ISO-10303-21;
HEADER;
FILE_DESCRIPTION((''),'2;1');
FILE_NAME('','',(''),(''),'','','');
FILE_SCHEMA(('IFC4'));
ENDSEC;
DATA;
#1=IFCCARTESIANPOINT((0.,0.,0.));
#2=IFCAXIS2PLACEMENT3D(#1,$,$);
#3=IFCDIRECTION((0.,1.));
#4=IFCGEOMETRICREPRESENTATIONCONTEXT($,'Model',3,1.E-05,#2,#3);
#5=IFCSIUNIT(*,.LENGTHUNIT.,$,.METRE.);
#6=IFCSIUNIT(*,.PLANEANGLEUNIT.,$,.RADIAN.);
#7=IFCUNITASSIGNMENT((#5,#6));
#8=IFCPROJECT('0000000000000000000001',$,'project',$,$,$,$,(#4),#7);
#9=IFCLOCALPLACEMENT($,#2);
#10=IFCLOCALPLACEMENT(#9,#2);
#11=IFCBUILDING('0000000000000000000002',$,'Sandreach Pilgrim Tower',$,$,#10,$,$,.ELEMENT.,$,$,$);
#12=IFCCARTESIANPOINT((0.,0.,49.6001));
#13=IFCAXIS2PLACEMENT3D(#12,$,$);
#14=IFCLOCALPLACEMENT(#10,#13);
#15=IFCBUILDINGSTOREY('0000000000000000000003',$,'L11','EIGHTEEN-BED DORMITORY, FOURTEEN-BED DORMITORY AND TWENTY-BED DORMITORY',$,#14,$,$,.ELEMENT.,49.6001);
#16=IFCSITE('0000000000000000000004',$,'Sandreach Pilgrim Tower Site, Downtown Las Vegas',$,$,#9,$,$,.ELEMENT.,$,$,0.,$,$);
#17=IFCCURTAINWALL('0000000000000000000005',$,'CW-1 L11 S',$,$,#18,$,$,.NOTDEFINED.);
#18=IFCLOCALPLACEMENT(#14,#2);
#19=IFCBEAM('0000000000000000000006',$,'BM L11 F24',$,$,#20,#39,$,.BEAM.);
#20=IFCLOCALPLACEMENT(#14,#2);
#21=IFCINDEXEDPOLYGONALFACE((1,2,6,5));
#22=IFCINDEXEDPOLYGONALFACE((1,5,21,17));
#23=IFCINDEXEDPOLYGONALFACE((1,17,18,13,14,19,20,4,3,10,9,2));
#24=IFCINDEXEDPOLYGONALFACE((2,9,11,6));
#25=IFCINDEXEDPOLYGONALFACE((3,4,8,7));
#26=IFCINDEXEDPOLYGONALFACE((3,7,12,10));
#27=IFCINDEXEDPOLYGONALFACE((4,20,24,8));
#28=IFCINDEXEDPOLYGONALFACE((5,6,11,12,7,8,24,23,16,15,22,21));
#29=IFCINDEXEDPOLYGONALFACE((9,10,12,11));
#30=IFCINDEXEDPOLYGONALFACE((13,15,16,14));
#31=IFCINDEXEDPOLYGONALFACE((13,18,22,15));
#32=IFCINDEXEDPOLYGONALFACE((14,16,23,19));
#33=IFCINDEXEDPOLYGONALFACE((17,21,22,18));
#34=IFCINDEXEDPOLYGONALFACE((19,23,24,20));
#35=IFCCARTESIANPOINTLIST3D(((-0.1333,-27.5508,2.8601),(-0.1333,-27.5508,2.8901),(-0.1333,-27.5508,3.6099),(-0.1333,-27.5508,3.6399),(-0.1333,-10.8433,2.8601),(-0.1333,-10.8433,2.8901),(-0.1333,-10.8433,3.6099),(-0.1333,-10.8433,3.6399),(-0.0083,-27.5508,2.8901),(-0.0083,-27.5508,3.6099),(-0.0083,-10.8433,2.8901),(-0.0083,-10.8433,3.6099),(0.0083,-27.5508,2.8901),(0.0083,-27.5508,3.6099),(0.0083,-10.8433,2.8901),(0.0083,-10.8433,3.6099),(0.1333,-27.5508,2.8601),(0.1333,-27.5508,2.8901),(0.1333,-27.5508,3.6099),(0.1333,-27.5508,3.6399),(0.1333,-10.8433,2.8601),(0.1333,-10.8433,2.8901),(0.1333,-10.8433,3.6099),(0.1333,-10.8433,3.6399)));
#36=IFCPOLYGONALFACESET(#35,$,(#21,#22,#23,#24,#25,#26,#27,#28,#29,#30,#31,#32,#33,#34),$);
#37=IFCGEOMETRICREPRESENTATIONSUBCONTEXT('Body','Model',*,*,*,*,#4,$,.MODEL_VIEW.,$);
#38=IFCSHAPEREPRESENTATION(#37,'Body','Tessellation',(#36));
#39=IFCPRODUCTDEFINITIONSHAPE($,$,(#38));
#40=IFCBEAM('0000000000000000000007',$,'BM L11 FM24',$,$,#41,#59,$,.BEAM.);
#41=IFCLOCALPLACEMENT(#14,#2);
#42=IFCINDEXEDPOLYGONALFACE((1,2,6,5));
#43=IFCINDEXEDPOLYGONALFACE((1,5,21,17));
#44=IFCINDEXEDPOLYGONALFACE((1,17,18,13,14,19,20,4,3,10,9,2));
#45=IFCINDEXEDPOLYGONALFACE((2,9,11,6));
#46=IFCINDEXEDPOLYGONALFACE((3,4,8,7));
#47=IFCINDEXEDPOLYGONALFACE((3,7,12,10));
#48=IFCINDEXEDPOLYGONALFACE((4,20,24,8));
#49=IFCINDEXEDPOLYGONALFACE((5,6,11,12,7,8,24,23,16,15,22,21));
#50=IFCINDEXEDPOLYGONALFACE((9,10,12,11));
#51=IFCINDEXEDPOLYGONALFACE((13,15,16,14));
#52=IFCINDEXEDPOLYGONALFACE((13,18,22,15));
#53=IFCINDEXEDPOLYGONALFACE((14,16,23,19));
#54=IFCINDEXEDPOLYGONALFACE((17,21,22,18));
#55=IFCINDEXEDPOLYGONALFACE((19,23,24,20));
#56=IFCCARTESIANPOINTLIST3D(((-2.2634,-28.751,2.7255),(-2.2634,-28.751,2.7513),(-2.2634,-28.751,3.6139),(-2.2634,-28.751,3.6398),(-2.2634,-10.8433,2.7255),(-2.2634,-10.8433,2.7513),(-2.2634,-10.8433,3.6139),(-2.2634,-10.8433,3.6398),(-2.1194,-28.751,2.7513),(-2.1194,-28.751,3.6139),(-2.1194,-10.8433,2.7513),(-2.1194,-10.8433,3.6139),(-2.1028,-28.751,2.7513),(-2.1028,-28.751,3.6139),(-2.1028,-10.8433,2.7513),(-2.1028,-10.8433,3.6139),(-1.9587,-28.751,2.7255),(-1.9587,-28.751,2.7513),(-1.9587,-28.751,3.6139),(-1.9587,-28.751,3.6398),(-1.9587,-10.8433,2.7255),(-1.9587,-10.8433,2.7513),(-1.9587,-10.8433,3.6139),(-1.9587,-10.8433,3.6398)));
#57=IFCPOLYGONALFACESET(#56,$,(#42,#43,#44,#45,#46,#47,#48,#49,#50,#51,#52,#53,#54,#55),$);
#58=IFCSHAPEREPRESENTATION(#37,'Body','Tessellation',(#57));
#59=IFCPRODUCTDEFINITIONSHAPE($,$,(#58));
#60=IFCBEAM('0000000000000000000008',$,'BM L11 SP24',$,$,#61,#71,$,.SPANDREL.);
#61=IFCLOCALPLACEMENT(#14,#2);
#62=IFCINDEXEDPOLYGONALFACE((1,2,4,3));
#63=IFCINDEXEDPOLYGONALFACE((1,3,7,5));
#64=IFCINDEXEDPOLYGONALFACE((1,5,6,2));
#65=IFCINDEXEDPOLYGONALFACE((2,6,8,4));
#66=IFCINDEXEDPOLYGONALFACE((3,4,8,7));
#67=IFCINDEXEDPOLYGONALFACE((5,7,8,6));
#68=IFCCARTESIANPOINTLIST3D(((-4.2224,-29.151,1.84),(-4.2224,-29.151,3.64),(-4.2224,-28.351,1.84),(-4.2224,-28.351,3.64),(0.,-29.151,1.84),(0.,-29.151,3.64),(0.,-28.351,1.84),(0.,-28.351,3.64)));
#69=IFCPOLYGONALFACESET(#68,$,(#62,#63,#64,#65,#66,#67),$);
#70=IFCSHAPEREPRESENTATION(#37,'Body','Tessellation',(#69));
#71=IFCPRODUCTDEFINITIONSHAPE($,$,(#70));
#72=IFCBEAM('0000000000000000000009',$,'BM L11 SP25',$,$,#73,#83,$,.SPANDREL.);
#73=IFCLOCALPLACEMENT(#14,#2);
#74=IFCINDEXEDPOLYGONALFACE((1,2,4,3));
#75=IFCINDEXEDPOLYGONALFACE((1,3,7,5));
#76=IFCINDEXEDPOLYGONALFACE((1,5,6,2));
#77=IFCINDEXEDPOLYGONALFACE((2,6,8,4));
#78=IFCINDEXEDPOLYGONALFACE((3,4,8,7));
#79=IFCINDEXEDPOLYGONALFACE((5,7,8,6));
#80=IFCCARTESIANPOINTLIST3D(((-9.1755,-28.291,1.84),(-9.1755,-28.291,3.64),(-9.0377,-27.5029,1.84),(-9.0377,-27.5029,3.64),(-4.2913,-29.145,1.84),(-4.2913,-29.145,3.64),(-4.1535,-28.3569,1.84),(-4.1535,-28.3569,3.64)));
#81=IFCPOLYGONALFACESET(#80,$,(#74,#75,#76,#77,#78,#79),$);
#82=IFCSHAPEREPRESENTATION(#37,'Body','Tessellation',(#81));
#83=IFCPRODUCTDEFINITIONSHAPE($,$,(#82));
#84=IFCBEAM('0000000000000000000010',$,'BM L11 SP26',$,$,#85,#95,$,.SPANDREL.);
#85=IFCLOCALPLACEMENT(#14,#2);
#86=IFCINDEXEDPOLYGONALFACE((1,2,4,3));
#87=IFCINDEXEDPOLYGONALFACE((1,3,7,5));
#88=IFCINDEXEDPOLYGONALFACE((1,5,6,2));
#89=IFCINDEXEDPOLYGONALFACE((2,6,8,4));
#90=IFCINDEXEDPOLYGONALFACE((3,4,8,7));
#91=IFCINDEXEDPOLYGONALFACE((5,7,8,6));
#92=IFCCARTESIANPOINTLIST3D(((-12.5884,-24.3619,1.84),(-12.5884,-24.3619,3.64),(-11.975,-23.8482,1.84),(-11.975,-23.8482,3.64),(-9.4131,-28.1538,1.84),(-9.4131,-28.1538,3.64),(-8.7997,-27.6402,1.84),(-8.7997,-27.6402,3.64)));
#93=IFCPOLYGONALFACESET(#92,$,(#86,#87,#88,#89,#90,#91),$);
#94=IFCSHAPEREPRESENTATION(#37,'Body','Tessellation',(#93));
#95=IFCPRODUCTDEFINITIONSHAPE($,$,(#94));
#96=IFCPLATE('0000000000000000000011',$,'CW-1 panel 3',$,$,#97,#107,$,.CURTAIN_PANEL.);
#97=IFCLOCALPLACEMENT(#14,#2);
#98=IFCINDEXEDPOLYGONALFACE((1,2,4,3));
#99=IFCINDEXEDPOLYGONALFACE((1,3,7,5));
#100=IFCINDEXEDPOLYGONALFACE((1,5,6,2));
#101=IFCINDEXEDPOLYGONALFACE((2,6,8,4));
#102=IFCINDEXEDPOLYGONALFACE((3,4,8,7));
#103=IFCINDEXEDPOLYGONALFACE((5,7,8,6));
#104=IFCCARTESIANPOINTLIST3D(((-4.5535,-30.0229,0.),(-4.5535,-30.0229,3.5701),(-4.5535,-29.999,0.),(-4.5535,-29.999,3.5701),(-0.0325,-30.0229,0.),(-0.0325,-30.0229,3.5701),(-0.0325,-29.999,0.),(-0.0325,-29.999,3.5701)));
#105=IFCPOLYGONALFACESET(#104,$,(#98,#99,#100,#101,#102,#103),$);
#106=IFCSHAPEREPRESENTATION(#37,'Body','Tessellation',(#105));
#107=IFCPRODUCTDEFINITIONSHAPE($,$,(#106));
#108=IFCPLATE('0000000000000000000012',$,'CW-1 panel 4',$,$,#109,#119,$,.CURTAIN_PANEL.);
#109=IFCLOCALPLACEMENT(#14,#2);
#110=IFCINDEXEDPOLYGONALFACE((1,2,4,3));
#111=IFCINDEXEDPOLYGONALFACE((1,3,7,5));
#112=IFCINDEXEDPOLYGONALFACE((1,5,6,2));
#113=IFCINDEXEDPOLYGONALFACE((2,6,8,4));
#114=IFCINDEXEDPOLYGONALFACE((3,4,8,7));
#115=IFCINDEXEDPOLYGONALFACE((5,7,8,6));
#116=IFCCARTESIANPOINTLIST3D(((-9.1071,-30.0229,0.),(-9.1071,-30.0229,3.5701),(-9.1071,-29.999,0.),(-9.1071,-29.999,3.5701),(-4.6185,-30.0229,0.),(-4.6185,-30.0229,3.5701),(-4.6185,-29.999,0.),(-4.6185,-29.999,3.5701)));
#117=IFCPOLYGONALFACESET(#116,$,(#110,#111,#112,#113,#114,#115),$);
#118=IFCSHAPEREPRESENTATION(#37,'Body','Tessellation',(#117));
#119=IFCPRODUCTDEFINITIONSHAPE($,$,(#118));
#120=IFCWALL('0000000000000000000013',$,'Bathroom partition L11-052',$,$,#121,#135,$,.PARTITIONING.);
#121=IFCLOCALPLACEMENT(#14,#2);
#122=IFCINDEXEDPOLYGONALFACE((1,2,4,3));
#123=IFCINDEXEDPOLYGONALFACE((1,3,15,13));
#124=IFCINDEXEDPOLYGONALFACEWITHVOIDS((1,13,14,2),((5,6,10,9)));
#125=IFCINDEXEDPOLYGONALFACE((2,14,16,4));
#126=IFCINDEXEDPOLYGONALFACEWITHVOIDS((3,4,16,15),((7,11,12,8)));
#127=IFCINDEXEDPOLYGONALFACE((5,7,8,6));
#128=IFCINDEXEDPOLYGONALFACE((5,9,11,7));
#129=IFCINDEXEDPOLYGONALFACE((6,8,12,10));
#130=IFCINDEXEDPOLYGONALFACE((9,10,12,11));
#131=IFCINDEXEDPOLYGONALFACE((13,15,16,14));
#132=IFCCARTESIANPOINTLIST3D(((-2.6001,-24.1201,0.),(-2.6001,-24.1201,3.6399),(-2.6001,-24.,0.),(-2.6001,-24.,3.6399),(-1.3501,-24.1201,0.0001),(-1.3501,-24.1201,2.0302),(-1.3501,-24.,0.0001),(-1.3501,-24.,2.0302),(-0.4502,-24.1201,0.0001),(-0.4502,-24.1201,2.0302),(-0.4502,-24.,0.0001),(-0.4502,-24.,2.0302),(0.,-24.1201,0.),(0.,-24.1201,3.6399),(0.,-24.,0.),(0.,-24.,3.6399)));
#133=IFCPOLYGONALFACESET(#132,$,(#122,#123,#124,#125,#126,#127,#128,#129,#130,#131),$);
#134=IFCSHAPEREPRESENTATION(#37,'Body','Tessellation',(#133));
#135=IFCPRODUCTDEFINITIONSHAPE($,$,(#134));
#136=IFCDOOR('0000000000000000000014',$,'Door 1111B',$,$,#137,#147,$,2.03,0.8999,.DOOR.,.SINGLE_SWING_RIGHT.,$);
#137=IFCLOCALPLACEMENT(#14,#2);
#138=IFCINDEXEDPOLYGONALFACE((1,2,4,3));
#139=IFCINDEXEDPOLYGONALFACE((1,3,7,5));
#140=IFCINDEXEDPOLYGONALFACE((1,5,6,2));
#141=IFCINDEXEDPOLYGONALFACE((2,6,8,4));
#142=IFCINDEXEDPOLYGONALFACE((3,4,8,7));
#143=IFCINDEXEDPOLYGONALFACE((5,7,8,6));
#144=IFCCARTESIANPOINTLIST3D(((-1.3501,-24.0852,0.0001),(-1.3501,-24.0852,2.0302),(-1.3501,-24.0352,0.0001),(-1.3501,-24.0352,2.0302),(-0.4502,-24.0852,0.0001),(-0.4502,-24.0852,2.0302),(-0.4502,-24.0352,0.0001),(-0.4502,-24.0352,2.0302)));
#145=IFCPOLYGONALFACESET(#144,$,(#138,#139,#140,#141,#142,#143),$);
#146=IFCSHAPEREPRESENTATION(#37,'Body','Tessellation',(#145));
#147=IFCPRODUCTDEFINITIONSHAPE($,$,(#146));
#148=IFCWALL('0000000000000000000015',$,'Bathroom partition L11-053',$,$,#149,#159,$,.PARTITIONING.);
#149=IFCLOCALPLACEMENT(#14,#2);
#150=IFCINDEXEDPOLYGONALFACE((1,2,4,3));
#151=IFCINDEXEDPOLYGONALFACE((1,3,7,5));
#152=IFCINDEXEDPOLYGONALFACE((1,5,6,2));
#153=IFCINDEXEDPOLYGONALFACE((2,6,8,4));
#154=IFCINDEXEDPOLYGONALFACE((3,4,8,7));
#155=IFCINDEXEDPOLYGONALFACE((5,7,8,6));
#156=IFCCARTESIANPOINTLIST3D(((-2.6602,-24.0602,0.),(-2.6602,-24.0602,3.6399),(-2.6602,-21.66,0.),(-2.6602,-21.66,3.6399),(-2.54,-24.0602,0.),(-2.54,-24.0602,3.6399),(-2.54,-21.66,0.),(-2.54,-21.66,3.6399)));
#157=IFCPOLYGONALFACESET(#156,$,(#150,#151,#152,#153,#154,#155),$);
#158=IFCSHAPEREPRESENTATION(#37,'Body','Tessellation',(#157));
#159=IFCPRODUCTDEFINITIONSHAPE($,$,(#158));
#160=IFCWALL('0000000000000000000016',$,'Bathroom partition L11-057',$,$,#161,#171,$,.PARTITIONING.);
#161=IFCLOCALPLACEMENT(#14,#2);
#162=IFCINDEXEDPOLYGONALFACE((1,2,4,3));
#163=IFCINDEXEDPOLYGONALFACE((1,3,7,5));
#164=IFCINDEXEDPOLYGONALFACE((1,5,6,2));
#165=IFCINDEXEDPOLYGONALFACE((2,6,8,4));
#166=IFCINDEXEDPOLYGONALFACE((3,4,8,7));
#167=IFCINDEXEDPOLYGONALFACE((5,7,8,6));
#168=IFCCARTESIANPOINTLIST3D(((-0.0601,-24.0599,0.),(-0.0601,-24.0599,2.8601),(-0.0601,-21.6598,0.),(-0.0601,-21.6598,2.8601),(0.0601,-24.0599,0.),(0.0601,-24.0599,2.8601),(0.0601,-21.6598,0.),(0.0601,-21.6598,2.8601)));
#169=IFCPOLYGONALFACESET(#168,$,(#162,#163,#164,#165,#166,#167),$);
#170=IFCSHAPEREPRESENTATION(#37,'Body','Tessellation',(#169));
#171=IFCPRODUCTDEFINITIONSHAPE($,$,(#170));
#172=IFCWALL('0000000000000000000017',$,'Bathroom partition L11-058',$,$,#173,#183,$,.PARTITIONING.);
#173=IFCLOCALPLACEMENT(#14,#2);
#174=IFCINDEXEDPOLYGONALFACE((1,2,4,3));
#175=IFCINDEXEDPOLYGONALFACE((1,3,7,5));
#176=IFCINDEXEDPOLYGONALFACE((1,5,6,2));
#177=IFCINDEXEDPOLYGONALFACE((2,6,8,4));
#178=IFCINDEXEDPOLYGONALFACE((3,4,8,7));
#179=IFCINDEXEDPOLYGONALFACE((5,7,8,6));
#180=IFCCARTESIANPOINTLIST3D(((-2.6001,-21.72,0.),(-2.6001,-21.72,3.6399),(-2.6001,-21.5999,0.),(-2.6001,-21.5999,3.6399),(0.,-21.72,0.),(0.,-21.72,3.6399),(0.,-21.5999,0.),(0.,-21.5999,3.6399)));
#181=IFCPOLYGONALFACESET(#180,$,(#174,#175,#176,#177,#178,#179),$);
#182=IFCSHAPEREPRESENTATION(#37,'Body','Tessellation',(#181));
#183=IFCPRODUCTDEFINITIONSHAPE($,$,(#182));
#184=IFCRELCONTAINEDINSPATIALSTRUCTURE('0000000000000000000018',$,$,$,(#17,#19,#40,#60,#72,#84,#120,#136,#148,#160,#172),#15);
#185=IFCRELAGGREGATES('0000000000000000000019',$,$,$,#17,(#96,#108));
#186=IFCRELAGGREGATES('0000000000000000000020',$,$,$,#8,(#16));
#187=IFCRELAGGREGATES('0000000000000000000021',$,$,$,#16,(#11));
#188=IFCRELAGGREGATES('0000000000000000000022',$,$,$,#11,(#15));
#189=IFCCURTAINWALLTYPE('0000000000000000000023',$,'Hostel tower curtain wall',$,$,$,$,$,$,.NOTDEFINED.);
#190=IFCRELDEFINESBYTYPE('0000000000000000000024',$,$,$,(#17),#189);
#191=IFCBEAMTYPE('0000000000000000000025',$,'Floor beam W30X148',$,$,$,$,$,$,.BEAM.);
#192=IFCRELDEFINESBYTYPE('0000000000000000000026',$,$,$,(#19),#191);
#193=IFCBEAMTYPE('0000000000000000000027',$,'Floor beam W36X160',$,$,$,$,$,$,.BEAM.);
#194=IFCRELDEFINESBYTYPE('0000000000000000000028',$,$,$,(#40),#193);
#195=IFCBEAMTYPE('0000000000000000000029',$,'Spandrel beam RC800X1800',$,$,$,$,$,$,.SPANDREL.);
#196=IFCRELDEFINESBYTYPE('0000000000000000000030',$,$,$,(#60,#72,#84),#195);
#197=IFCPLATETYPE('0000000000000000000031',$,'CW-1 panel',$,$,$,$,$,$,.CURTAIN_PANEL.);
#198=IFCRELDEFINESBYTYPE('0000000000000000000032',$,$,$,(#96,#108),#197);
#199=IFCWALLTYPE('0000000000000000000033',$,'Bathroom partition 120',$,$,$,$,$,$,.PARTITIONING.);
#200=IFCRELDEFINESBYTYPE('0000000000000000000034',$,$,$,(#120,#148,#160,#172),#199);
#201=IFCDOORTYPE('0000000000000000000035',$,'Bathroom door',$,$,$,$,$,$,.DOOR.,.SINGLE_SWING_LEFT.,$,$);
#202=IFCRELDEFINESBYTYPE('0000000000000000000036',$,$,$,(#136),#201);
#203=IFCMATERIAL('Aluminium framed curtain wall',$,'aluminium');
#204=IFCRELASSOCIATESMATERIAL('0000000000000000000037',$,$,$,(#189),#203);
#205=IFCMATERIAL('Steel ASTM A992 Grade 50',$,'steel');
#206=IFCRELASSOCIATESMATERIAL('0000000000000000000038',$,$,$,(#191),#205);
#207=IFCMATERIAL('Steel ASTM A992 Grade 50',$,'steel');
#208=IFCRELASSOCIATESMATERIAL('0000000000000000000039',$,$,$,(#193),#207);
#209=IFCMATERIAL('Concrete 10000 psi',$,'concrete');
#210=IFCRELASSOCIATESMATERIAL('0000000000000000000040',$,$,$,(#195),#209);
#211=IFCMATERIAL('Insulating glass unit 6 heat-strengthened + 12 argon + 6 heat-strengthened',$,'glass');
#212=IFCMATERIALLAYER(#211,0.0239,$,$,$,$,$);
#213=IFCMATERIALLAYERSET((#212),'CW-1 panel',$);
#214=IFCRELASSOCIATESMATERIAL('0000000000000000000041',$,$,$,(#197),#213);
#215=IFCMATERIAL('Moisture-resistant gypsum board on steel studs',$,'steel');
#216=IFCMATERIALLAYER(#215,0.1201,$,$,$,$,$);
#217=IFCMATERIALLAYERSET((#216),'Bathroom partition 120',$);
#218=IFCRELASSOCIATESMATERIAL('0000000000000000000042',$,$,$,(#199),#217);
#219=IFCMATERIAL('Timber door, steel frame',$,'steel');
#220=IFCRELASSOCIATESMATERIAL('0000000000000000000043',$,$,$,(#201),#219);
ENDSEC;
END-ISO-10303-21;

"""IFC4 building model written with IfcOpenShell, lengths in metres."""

from ifc_helpers import new_model, si_unit, direction, frame, frame_2d, origin, origin_2d, place, context, subcontext, project, spatial, rectangle, i_section, extrude, material, layer, layer_set, material_profile, profile_set, type_object, element, fill, aggregate, save


model = new_model("IFC4")

# Units and contexts
model_context = context("Model", 3, precision=1e-05, world=origin(), true_north=direction((0.0, 1.0)))
body_context = subcontext(model_context, "Body", "Model", "MODEL_VIEW")
ifc_project = project(units=[si_unit("LENGTHUNIT", "METRE"), si_unit("PLANEANGLEUNIT", "RADIAN")], contexts=[model_context])

# Site, building, storey
site_placement = place(None, origin())
site = spatial("IfcSite", under=ifc_project, at=site_placement, Name="Sandreach Pilgrim Tower Site, Downtown Las Vegas", CompositionType="ELEMENT", RefElevation=0.0)
building_placement = place(site_placement, origin())
building = spatial("IfcBuilding", under=site, at=building_placement, Name="Sandreach Pilgrim Tower", CompositionType="ELEMENT")
storey_placement = place(building_placement, frame((0.0, 0.0, 49.6001)))
storey = spatial("IfcBuildingStorey", under=building, at=storey_placement, Name="L11", Description="EIGHTEEN-BED DORMITORY, FOURTEEN-BED DORMITORY AND TWENTY-BED DORMITORY", CompositionType="ELEMENT", Elevation=49.6001)

# Curtain wall
ifc_material_1 = material(Name="Aluminium framed curtain wall", Category="aluminium")
curtain_wall_type = type_object("IfcCurtainWallType", Name="Hostel tower curtain wall", PredefinedType="NOTDEFINED", material=ifc_material_1)
curtain_wall_placement = place(storey_placement, origin())
curtain_wall = element("IfcCurtainWall", 1, at=curtain_wall_placement, inside=storey, type_object=curtain_wall_type, Name="CW-1 L11 S", PredefinedType="NOTDEFINED")

# Beams
ifc_material_2 = material(Name="Steel ASTM A992 Grade 50", Category="steel")
ifc_material_profile_1 = material_profile(ifc_material_2, i_section(OverallWidth=0.2666, OverallDepth=0.7798, WebThickness=0.0166, FlangeThickness=0.03, at=origin_2d()), Name="W30X148")
ifc_profile_set_1 = profile_set([ifc_material_profile_1], Name="Steel ASTM A992 Grade 50")
beam_type_1 = type_object("IfcBeamType", Name="Floor beam W30X148", PredefinedType="BEAM", material=ifc_profile_set_1)
beam_1_placement = place(storey_placement, frame((0.0, -27.5508, 3.25), z_axis=(0.0, 1.0, 0.0), x_axis=(-1.0, 0.0, 0.0)))
element("IfcBeam", 2, at=beam_1_placement, inside=storey, type_object=beam_type_1, Name="BM L11 F24", PredefinedType="BEAM", context=body_context, shape_type="SweptSolid", body=[
    extrude(i_section(OverallWidth=0.2666, OverallDepth=0.7798, WebThickness=0.0166, FlangeThickness=0.03, at=origin_2d()), origin(), (0.0, 0.0, 1.0), 16.7075),
])
ifc_material_3 = material(Name="Steel ASTM A992 Grade 50", Category="steel")
ifc_material_profile_2 = material_profile(ifc_material_3, i_section(OverallWidth=0.3047, OverallDepth=0.9143, WebThickness=0.0166, FlangeThickness=0.0259, at=origin_2d()), Name="W36X160")
ifc_profile_set_2 = profile_set([ifc_material_profile_2], Name="Steel ASTM A992 Grade 50")
beam_type_2 = type_object("IfcBeamType", Name="Floor beam W36X160", PredefinedType="BEAM", material=ifc_profile_set_2)
beam_2_placement = place(storey_placement, frame((-2.1111, -28.751, 3.1826), z_axis=(0.0, 1.0, 0.0), x_axis=(-1.0, 0.0, 0.0)))
element("IfcBeam", 3, at=beam_2_placement, inside=storey, type_object=beam_type_2, Name="BM L11 FM24", PredefinedType="BEAM", context=body_context, shape_type="SweptSolid", body=[
    extrude(i_section(OverallWidth=0.3047, OverallDepth=0.9143, WebThickness=0.0166, FlangeThickness=0.0259, at=origin_2d()), origin(), (0.0, 0.0, 1.0), 17.9077),
])
ifc_material_4 = material(Name="Concrete 10000 psi", Category="concrete")
ifc_material_profile_3 = material_profile(ifc_material_4, rectangle(XDim=0.8, YDim=1.8, at=origin_2d()), Name="RC800X1800")
ifc_profile_set_3 = profile_set([ifc_material_profile_3], Name="Concrete 10000 psi")
beam_type_3 = type_object("IfcBeamType", Name="Spandrel beam RC800X1800", PredefinedType="SPANDREL", material=ifc_profile_set_3)
beam_3_placement = place(storey_placement, frame((0.0, -28.751, 2.74), z_axis=(-1.0, 0.0, 0.0), x_axis=(0.0, -1.0, 0.0)))
element("IfcBeam", 4, at=beam_3_placement, inside=storey, type_object=beam_type_3, Name="BM L11 SP24", PredefinedType="SPANDREL", context=body_context, shape_type="SweptSolid", body=[
    extrude(rectangle(XDim=0.8, YDim=1.8, at=origin_2d()), origin(), (0.0, 0.0, 1.0), 4.2224),
])
beam_4_placement = place(storey_placement, frame((-4.2224, -28.751, 2.74), z_axis=(-0.985054, 0.172243, 0.0), x_axis=(-0.172243, -0.985054, 0.0)))
element("IfcBeam", 5, at=beam_4_placement, inside=storey, type_object=beam_type_3, Name="BM L11 SP25", PredefinedType="SPANDREL", context=body_context, shape_type="SweptSolid", body=[
    extrude(rectangle(XDim=0.8, YDim=1.8, at=origin_2d()), origin(), (0.0, 0.0, 1.0), 4.9583),
])
beam_5_placement = place(storey_placement, frame((-9.1064, -27.897, 2.74), z_axis=(-0.642008, 0.766698, 0.0), x_axis=(-0.766698, -0.642008, 0.0)))
element("IfcBeam", 6, at=beam_5_placement, inside=storey, type_object=beam_type_3, Name="BM L11 SP26", PredefinedType="SPANDREL", context=body_context, shape_type="SweptSolid", body=[
    extrude(rectangle(XDim=0.8, YDim=1.8, at=origin_2d()), origin(), (0.0, 0.0, 1.0), 4.9458),
])

# Plates
ifc_material_5 = material(Name="Insulating glass unit 6 heat-strengthened + 12 argon + 6 heat-strengthened", Category="glass")
ifc_layer_1 = layer(ifc_material_5, 0.0239)
ifc_layer_set_1 = layer_set([ifc_layer_1], Name="CW-1 panel")
plate_type = type_object("IfcPlateType", Name="CW-1 panel", PredefinedType="CURTAIN_PANEL", material=ifc_layer_set_1)
plate_1_placement = place(storey_placement, frame((-2.293, -30.011, 0.0), z_axis=(0.0, 0.0, 1.0), x_axis=(-1.0, 0.0, 0.0)))
plate_1 = element("IfcPlate", 7, at=plate_1_placement, type_object=plate_type, Name="CW-1 panel 3", PredefinedType="CURTAIN_PANEL", context=body_context, shape_type="SweptSolid", body=[
    extrude(rectangle(XDim=4.521, YDim=0.0239, at=origin_2d()), origin(), (0.0, 0.0, 1.0), 3.5701),
])
plate_2_placement = place(storey_placement, frame((-6.8628, -30.011, 0.0), z_axis=(0.0, 0.0, 1.0), x_axis=(-1.0, 0.0, 0.0)))
plate_2 = element("IfcPlate", 8, at=plate_2_placement, type_object=plate_type, Name="CW-1 panel 4", PredefinedType="CURTAIN_PANEL", context=body_context, shape_type="SweptSolid", body=[
    extrude(rectangle(XDim=4.4885, YDim=0.0239, at=origin_2d()), origin(), (0.0, 0.0, 1.0), 3.5701),
])
aggregate(curtain_wall, [plate_1, plate_2])

# Wall, opening, door
ifc_material_6 = material(Name="Moisture-resistant gypsum board on steel studs", Category="steel")
ifc_layer_2 = layer(ifc_material_6, 0.1201)
ifc_layer_set_2 = layer_set([ifc_layer_2], Name="Bathroom partition 120")
wall_type_1 = type_object("IfcWallType", Name="Bathroom partition 120", PredefinedType="PARTITIONING", material=ifc_layer_set_2)
wall_1_placement = place(storey_placement, frame((-2.6001, -24.0601, 0.0), z_axis=(0.0, 0.0, 1.0), x_axis=(1.0, 0.0, 0.0)))
wall_1 = element("IfcWall", 9, at=wall_1_placement, inside=storey, type_object=wall_type_1, Name="Bathroom partition L11-052", PredefinedType="PARTITIONING", context=body_context, shape_type="SweptSolid", body=[
    extrude(rectangle(XDim=2.6001, YDim=0.1201, at=frame_2d((1.3, 0.0))), origin(), (0.0, 0.0, 1.0), 3.6399),
])
opening_1_placement = place(wall_1_placement, frame((1.25, 0.0, 0.0)))
opening_1 = element("IfcOpeningElement", 10, at=opening_1_placement, cuts=wall_1, PredefinedType="OPENING", context=body_context, shape_type="SweptSolid", body=[
    extrude(rectangle(XDim=0.8999, YDim=2.03, at=frame_2d((0.45, 1.0151))), frame((0.0, 0.0601, 0.0), z_axis=(0.0, -1.0, 0.0), x_axis=(1.0, 0.0, 0.0)), (0.0, 0.0, 1.0), 0.1201),
])
ifc_material_7 = material(Name="Timber door, steel frame", Category="steel")
door_type_1 = type_object("IfcDoorType", Name="Bathroom door", OperationType="SINGLE_SWING_LEFT", PredefinedType="DOOR", material=ifc_material_7)
door_1_placement = place(opening_1_placement, origin())
door_1 = element("IfcDoor", 11, at=door_1_placement, inside=storey, type_object=door_type_1, Name="Door 1111B", OperationType="SINGLE_SWING_RIGHT", OverallHeight=2.03, OverallWidth=0.8999, PredefinedType="DOOR", context=body_context, shape_type="SweptSolid", body=[
    extrude(rectangle(XDim=0.8999, YDim=2.03, at=frame_2d((0.45, 1.0151))), frame((0.0, 0.0249, 0.0), z_axis=(0.0, -1.0, 0.0), x_axis=(1.0, 0.0, 0.0)), (0.0, 0.0, 1.0), 0.05),
])
fill(opening_1, door_1)

# Walls
wall_2_placement = place(storey_placement, frame((-2.6001, -21.6599, 0.0), z_axis=(0.0, 0.0, 1.0), x_axis=(0.0, -1.0, 0.0)))
element("IfcWall", 12, at=wall_2_placement, inside=storey, type_object=wall_type_1, Name="Bathroom partition L11-053", PredefinedType="PARTITIONING", context=body_context, shape_type="SweptSolid", body=[
    extrude(rectangle(XDim=2.4001, YDim=0.1201, at=frame_2d((1.2002, 0.0))), origin(), (0.0, 0.0, 1.0), 3.6399),
])
wall_3_placement = place(storey_placement, frame((0.0, -24.0601, 0.0), z_axis=(0.0, 0.0, 1.0), x_axis=(0.0, 1.0, 0.0)))
element("IfcWall", 13, at=wall_3_placement, inside=storey, type_object=wall_type_1, Name="Bathroom partition L11-057", PredefinedType="PARTITIONING", context=body_context, shape_type="SweptSolid", body=[
    extrude(rectangle(XDim=2.4001, YDim=0.1201, at=frame_2d((1.2002, 0.0))), origin(), (0.0, 0.0, 1.0), 2.8601),
])
wall_4_placement = place(storey_placement, frame((0.0, -21.6599, 0.0), z_axis=(0.0, 0.0, 1.0), x_axis=(-1.0, 0.0, 0.0)))
element("IfcWall", 14, at=wall_4_placement, inside=storey, type_object=wall_type_1, Name="Bathroom partition L11-058", PredefinedType="PARTITIONING", context=body_context, shape_type="SweptSolid", body=[
    extrude(rectangle(XDim=2.6001, YDim=0.1201, at=frame_2d((1.3, 0.0))), origin(), (0.0, 0.0, 1.0), 3.6399),
])

save(model, "model.ifc")
